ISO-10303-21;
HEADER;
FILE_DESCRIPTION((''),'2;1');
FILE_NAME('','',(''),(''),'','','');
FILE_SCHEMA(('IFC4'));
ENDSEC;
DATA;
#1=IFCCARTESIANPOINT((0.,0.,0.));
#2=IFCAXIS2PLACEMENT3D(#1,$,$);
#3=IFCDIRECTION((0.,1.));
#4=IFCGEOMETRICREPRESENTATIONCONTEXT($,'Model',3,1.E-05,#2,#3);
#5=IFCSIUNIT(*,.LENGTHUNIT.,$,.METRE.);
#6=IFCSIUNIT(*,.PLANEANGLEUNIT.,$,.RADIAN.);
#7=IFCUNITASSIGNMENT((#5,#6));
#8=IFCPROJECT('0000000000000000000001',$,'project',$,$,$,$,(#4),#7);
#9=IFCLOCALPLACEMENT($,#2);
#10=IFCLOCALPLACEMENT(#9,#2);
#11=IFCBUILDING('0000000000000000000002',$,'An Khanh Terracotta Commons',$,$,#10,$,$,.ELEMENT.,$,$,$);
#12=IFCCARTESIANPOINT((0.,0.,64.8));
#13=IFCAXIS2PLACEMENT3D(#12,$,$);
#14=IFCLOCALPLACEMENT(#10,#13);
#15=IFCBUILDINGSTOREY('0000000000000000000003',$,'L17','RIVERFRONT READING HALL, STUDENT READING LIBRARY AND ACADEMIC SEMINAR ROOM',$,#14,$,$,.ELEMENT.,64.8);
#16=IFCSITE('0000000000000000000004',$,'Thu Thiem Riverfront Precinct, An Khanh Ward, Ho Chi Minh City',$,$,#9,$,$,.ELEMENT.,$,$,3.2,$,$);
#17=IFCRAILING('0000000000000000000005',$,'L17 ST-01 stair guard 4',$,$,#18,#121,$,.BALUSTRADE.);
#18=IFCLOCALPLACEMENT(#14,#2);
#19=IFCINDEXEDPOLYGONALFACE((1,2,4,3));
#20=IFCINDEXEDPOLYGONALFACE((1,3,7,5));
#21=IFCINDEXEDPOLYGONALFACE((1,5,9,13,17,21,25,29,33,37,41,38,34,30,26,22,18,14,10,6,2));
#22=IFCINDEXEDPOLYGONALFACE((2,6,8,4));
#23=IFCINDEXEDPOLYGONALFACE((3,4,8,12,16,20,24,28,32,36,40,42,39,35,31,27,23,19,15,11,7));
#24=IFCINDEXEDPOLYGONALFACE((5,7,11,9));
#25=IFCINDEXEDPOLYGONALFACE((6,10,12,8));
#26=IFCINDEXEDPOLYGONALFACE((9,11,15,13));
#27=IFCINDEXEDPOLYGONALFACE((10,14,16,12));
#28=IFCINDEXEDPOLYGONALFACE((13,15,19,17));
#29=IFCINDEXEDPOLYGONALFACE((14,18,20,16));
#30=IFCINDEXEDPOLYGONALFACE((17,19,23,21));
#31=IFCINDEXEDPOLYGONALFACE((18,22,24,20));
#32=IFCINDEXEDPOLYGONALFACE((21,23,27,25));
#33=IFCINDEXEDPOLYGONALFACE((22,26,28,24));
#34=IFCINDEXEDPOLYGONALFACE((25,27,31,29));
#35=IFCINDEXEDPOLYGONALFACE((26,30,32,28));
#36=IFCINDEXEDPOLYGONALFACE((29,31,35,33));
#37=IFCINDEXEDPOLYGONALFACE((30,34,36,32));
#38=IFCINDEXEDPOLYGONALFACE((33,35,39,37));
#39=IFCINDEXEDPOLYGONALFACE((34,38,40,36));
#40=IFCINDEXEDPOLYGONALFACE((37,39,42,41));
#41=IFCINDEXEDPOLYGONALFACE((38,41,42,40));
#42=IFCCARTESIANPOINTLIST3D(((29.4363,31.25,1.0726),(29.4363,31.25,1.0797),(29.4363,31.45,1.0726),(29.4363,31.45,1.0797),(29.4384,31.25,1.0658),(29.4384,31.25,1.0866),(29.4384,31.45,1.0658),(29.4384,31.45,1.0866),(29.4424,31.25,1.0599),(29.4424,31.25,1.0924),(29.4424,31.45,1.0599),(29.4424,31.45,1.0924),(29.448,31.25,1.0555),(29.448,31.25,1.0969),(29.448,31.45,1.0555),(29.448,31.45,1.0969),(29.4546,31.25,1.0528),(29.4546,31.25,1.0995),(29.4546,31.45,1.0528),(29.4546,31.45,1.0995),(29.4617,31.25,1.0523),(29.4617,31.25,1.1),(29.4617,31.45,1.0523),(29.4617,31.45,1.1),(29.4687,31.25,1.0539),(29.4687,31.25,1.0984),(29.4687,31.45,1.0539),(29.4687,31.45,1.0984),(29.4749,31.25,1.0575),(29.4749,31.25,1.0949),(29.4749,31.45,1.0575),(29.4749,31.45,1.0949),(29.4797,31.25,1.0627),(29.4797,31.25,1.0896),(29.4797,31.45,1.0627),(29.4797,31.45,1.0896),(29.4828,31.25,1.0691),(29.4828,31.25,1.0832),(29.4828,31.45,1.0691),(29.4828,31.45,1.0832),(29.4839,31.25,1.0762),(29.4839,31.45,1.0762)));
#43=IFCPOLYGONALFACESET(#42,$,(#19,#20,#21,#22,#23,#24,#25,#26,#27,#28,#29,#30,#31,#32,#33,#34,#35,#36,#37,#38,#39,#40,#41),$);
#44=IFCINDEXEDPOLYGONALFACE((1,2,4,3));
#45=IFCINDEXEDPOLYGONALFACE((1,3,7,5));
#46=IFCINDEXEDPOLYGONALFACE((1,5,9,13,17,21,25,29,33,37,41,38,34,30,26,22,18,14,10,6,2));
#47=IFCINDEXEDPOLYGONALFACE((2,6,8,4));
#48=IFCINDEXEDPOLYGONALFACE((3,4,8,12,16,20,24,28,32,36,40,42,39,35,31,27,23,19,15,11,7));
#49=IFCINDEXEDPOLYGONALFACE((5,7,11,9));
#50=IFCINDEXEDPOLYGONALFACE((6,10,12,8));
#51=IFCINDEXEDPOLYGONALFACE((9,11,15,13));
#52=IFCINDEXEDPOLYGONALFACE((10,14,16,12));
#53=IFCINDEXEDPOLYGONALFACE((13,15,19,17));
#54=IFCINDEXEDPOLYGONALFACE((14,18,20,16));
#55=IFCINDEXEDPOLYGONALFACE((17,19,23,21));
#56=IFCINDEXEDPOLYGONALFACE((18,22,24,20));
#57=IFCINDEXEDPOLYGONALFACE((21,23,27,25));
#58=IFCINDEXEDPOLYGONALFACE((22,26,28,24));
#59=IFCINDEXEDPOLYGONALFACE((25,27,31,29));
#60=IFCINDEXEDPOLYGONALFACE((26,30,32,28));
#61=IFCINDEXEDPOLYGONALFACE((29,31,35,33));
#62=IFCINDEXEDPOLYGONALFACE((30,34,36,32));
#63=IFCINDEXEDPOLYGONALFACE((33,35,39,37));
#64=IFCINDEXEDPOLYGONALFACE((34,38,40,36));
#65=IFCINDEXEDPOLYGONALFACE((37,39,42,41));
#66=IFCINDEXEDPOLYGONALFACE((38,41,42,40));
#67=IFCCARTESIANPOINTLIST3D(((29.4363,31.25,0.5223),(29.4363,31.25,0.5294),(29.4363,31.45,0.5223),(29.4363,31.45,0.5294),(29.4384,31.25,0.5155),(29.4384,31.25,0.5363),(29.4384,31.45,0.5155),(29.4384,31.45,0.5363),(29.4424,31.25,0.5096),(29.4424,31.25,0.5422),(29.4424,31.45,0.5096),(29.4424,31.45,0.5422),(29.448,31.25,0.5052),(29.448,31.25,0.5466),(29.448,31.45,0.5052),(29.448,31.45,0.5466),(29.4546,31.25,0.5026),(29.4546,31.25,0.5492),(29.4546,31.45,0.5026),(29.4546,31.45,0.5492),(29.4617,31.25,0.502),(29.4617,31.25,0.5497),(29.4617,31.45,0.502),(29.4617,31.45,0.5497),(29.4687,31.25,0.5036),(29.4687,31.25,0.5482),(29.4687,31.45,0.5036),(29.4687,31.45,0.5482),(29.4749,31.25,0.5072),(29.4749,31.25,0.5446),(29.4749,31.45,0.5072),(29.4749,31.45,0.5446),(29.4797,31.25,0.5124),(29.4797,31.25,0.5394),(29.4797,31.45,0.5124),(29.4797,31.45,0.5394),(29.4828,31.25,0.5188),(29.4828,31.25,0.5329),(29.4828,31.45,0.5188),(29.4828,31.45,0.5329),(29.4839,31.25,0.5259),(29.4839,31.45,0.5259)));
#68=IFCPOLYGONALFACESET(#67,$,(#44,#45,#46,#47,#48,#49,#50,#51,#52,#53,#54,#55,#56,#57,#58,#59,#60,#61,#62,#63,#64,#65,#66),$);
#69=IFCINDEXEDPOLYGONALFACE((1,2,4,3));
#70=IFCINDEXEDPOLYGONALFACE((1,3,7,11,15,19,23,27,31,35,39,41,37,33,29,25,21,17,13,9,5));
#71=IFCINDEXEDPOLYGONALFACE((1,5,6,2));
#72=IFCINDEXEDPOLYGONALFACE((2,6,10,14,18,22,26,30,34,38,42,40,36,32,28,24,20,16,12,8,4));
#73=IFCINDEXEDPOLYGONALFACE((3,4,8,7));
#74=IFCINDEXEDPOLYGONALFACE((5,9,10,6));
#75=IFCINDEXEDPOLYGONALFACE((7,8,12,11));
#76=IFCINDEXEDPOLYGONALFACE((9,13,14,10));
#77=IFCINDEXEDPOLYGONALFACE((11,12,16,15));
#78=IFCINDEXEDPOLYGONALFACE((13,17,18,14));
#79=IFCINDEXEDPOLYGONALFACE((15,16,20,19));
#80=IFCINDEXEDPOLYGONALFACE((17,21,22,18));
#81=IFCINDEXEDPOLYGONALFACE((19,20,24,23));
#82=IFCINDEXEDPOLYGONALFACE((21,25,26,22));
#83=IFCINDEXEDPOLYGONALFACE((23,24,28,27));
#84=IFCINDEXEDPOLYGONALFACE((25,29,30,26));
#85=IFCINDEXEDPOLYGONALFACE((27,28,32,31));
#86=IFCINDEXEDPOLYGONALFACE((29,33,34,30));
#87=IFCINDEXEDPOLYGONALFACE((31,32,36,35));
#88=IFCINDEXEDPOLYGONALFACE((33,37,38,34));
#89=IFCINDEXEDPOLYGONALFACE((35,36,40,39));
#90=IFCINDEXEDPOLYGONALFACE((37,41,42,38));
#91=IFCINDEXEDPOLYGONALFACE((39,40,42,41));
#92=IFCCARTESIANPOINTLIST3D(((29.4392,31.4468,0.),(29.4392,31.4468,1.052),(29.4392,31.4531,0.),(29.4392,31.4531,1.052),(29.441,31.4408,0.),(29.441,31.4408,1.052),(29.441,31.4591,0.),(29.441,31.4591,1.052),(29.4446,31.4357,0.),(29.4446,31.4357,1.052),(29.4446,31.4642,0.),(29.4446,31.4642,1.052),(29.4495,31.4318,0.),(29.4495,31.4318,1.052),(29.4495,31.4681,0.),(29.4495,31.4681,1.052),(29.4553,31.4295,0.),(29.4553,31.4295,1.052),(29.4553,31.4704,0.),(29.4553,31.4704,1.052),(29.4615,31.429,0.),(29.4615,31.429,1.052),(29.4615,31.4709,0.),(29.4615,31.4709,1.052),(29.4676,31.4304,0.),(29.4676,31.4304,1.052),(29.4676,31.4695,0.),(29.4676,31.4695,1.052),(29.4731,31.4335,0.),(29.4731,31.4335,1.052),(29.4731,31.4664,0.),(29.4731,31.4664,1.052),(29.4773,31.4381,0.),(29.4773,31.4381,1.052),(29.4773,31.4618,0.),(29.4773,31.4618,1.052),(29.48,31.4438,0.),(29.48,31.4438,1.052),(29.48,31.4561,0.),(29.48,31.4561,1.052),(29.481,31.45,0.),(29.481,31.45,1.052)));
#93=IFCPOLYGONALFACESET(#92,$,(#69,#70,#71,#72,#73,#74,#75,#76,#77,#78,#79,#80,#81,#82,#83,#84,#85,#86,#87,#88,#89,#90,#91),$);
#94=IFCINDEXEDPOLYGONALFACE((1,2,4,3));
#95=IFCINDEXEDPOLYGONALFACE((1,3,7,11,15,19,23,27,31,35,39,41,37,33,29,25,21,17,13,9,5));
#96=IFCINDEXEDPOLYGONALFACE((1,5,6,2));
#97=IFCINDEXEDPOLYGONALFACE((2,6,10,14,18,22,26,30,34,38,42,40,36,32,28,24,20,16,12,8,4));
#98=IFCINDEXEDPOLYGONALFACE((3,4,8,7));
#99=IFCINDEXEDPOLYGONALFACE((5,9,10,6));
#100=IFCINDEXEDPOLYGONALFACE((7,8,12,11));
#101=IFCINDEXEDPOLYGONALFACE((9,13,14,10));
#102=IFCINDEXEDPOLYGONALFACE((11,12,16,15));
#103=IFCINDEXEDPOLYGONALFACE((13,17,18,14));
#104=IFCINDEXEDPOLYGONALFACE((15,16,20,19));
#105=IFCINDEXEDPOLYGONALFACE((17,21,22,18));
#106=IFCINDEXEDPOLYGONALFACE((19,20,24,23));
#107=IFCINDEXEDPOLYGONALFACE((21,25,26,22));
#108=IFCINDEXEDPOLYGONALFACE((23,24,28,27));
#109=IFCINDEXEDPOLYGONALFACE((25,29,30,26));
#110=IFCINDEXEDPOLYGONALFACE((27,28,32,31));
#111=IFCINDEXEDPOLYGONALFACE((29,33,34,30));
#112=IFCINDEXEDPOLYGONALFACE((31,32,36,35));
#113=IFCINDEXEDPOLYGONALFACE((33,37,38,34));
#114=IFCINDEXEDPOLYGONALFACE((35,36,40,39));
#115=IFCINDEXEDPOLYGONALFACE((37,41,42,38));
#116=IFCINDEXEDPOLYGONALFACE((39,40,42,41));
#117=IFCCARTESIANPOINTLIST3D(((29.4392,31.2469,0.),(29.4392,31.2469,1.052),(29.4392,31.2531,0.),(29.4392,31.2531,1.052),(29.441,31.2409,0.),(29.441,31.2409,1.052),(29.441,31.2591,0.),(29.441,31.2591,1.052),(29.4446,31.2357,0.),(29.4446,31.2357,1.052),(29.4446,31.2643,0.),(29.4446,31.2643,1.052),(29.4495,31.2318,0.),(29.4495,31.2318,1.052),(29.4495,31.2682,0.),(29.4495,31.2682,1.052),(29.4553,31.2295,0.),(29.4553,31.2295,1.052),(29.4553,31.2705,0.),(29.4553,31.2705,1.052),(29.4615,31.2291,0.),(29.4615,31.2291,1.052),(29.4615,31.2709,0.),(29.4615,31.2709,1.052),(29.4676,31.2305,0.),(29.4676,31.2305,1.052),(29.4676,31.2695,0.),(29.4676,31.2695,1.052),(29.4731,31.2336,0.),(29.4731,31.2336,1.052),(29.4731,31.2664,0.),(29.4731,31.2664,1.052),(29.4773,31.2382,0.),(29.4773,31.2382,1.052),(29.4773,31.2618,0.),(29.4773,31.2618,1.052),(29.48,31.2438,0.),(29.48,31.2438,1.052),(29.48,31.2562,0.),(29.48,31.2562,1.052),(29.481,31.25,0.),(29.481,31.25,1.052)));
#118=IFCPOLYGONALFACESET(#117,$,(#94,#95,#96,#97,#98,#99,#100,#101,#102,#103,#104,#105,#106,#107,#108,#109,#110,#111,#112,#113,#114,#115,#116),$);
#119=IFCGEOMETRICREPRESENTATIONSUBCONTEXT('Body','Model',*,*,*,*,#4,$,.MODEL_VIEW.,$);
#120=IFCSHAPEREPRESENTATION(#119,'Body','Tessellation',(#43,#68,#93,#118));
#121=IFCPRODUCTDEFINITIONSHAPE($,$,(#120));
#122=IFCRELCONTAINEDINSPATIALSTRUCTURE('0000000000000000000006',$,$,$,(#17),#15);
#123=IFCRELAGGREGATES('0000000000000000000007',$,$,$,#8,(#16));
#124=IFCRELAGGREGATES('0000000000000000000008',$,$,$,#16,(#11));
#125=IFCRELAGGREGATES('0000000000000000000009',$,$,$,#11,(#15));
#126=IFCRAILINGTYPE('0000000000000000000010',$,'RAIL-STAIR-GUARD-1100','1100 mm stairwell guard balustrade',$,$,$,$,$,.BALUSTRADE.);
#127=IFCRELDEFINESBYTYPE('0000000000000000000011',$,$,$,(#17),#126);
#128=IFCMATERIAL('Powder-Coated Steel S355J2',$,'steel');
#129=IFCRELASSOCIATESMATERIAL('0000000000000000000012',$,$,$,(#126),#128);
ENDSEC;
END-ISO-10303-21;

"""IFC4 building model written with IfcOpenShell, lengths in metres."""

from ifc_helpers import new_model, si_unit, direction, frame, origin, origin_2d, place, context, subcontext, project, spatial, circle, extrude, material, type_object, element, save


model = new_model("IFC4")

# Units and contexts
model_context = context("Model", 3, precision=1e-05, world=origin(), true_north=direction((0.0, 1.0)))
body_context = subcontext(model_context, "Body", "Model", "MODEL_VIEW")
ifc_project = project(units=[si_unit("LENGTHUNIT", "METRE"), si_unit("PLANEANGLEUNIT", "RADIAN")], contexts=[model_context])

# Site, building, storey
site_placement = place(None, origin())
site = spatial("IfcSite", under=ifc_project, at=site_placement, Name="Thu Thiem Riverfront Precinct, An Khanh Ward, Ho Chi Minh City", CompositionType="ELEMENT", RefElevation=3.2)
building_placement = place(site_placement, origin())
building = spatial("IfcBuilding", under=site, at=building_placement, Name="An Khanh Terracotta Commons", CompositionType="ELEMENT")
storey_placement = place(building_placement, frame((0.0, 0.0, 64.8)))
storey = spatial("IfcBuildingStorey", under=building, at=storey_placement, Name="L17", Description="RIVERFRONT READING HALL, STUDENT READING LIBRARY AND ACADEMIC SEMINAR ROOM", CompositionType="ELEMENT", Elevation=64.8)

# Railing
ifc_material_1 = material(Name="Powder-Coated Steel S355J2", Category="steel")
railing_type_1 = type_object("IfcRailingType", Name="RAIL-STAIR-GUARD-1100", Description="1100 mm stairwell guard balustrade", PredefinedType="BALUSTRADE", material=ifc_material_1)
railing_1_placement = place(storey_placement, frame((29.46, 31.45, 0.0)))
element("IfcRailing", 1, at=railing_1_placement, inside=storey, type_object=railing_type_1, Name="L17 ST-01 stair guard 4", PredefinedType="BALUSTRADE", context=body_context, shape_type="SweptSolid", body=[
    extrude(circle(Radius=0.0239, at=origin_2d()), frame((0.0, 0.0, 1.0762), z_axis=(0.0, -1.0, 0.0), x_axis=(1.0, 0.0, 0.0)), (0.0, 0.0, 1.0), 0.2),
    extrude(circle(Radius=0.0239, at=origin_2d()), frame((0.0, 0.0, 0.5259), z_axis=(0.0, -1.0, 0.0), x_axis=(1.0, 0.0, 0.0)), (0.0, 0.0, 1.0), 0.2),
    extrude(circle(Radius=0.021, at=origin_2d()), origin(), (0.0, 0.0, 1.0), 1.052),
    extrude(circle(Radius=0.021, at=origin_2d()), frame((0.0, -0.2, 0.0)), (0.0, 0.0, 1.0), 1.052),
])

save(model, "model.ifc")
